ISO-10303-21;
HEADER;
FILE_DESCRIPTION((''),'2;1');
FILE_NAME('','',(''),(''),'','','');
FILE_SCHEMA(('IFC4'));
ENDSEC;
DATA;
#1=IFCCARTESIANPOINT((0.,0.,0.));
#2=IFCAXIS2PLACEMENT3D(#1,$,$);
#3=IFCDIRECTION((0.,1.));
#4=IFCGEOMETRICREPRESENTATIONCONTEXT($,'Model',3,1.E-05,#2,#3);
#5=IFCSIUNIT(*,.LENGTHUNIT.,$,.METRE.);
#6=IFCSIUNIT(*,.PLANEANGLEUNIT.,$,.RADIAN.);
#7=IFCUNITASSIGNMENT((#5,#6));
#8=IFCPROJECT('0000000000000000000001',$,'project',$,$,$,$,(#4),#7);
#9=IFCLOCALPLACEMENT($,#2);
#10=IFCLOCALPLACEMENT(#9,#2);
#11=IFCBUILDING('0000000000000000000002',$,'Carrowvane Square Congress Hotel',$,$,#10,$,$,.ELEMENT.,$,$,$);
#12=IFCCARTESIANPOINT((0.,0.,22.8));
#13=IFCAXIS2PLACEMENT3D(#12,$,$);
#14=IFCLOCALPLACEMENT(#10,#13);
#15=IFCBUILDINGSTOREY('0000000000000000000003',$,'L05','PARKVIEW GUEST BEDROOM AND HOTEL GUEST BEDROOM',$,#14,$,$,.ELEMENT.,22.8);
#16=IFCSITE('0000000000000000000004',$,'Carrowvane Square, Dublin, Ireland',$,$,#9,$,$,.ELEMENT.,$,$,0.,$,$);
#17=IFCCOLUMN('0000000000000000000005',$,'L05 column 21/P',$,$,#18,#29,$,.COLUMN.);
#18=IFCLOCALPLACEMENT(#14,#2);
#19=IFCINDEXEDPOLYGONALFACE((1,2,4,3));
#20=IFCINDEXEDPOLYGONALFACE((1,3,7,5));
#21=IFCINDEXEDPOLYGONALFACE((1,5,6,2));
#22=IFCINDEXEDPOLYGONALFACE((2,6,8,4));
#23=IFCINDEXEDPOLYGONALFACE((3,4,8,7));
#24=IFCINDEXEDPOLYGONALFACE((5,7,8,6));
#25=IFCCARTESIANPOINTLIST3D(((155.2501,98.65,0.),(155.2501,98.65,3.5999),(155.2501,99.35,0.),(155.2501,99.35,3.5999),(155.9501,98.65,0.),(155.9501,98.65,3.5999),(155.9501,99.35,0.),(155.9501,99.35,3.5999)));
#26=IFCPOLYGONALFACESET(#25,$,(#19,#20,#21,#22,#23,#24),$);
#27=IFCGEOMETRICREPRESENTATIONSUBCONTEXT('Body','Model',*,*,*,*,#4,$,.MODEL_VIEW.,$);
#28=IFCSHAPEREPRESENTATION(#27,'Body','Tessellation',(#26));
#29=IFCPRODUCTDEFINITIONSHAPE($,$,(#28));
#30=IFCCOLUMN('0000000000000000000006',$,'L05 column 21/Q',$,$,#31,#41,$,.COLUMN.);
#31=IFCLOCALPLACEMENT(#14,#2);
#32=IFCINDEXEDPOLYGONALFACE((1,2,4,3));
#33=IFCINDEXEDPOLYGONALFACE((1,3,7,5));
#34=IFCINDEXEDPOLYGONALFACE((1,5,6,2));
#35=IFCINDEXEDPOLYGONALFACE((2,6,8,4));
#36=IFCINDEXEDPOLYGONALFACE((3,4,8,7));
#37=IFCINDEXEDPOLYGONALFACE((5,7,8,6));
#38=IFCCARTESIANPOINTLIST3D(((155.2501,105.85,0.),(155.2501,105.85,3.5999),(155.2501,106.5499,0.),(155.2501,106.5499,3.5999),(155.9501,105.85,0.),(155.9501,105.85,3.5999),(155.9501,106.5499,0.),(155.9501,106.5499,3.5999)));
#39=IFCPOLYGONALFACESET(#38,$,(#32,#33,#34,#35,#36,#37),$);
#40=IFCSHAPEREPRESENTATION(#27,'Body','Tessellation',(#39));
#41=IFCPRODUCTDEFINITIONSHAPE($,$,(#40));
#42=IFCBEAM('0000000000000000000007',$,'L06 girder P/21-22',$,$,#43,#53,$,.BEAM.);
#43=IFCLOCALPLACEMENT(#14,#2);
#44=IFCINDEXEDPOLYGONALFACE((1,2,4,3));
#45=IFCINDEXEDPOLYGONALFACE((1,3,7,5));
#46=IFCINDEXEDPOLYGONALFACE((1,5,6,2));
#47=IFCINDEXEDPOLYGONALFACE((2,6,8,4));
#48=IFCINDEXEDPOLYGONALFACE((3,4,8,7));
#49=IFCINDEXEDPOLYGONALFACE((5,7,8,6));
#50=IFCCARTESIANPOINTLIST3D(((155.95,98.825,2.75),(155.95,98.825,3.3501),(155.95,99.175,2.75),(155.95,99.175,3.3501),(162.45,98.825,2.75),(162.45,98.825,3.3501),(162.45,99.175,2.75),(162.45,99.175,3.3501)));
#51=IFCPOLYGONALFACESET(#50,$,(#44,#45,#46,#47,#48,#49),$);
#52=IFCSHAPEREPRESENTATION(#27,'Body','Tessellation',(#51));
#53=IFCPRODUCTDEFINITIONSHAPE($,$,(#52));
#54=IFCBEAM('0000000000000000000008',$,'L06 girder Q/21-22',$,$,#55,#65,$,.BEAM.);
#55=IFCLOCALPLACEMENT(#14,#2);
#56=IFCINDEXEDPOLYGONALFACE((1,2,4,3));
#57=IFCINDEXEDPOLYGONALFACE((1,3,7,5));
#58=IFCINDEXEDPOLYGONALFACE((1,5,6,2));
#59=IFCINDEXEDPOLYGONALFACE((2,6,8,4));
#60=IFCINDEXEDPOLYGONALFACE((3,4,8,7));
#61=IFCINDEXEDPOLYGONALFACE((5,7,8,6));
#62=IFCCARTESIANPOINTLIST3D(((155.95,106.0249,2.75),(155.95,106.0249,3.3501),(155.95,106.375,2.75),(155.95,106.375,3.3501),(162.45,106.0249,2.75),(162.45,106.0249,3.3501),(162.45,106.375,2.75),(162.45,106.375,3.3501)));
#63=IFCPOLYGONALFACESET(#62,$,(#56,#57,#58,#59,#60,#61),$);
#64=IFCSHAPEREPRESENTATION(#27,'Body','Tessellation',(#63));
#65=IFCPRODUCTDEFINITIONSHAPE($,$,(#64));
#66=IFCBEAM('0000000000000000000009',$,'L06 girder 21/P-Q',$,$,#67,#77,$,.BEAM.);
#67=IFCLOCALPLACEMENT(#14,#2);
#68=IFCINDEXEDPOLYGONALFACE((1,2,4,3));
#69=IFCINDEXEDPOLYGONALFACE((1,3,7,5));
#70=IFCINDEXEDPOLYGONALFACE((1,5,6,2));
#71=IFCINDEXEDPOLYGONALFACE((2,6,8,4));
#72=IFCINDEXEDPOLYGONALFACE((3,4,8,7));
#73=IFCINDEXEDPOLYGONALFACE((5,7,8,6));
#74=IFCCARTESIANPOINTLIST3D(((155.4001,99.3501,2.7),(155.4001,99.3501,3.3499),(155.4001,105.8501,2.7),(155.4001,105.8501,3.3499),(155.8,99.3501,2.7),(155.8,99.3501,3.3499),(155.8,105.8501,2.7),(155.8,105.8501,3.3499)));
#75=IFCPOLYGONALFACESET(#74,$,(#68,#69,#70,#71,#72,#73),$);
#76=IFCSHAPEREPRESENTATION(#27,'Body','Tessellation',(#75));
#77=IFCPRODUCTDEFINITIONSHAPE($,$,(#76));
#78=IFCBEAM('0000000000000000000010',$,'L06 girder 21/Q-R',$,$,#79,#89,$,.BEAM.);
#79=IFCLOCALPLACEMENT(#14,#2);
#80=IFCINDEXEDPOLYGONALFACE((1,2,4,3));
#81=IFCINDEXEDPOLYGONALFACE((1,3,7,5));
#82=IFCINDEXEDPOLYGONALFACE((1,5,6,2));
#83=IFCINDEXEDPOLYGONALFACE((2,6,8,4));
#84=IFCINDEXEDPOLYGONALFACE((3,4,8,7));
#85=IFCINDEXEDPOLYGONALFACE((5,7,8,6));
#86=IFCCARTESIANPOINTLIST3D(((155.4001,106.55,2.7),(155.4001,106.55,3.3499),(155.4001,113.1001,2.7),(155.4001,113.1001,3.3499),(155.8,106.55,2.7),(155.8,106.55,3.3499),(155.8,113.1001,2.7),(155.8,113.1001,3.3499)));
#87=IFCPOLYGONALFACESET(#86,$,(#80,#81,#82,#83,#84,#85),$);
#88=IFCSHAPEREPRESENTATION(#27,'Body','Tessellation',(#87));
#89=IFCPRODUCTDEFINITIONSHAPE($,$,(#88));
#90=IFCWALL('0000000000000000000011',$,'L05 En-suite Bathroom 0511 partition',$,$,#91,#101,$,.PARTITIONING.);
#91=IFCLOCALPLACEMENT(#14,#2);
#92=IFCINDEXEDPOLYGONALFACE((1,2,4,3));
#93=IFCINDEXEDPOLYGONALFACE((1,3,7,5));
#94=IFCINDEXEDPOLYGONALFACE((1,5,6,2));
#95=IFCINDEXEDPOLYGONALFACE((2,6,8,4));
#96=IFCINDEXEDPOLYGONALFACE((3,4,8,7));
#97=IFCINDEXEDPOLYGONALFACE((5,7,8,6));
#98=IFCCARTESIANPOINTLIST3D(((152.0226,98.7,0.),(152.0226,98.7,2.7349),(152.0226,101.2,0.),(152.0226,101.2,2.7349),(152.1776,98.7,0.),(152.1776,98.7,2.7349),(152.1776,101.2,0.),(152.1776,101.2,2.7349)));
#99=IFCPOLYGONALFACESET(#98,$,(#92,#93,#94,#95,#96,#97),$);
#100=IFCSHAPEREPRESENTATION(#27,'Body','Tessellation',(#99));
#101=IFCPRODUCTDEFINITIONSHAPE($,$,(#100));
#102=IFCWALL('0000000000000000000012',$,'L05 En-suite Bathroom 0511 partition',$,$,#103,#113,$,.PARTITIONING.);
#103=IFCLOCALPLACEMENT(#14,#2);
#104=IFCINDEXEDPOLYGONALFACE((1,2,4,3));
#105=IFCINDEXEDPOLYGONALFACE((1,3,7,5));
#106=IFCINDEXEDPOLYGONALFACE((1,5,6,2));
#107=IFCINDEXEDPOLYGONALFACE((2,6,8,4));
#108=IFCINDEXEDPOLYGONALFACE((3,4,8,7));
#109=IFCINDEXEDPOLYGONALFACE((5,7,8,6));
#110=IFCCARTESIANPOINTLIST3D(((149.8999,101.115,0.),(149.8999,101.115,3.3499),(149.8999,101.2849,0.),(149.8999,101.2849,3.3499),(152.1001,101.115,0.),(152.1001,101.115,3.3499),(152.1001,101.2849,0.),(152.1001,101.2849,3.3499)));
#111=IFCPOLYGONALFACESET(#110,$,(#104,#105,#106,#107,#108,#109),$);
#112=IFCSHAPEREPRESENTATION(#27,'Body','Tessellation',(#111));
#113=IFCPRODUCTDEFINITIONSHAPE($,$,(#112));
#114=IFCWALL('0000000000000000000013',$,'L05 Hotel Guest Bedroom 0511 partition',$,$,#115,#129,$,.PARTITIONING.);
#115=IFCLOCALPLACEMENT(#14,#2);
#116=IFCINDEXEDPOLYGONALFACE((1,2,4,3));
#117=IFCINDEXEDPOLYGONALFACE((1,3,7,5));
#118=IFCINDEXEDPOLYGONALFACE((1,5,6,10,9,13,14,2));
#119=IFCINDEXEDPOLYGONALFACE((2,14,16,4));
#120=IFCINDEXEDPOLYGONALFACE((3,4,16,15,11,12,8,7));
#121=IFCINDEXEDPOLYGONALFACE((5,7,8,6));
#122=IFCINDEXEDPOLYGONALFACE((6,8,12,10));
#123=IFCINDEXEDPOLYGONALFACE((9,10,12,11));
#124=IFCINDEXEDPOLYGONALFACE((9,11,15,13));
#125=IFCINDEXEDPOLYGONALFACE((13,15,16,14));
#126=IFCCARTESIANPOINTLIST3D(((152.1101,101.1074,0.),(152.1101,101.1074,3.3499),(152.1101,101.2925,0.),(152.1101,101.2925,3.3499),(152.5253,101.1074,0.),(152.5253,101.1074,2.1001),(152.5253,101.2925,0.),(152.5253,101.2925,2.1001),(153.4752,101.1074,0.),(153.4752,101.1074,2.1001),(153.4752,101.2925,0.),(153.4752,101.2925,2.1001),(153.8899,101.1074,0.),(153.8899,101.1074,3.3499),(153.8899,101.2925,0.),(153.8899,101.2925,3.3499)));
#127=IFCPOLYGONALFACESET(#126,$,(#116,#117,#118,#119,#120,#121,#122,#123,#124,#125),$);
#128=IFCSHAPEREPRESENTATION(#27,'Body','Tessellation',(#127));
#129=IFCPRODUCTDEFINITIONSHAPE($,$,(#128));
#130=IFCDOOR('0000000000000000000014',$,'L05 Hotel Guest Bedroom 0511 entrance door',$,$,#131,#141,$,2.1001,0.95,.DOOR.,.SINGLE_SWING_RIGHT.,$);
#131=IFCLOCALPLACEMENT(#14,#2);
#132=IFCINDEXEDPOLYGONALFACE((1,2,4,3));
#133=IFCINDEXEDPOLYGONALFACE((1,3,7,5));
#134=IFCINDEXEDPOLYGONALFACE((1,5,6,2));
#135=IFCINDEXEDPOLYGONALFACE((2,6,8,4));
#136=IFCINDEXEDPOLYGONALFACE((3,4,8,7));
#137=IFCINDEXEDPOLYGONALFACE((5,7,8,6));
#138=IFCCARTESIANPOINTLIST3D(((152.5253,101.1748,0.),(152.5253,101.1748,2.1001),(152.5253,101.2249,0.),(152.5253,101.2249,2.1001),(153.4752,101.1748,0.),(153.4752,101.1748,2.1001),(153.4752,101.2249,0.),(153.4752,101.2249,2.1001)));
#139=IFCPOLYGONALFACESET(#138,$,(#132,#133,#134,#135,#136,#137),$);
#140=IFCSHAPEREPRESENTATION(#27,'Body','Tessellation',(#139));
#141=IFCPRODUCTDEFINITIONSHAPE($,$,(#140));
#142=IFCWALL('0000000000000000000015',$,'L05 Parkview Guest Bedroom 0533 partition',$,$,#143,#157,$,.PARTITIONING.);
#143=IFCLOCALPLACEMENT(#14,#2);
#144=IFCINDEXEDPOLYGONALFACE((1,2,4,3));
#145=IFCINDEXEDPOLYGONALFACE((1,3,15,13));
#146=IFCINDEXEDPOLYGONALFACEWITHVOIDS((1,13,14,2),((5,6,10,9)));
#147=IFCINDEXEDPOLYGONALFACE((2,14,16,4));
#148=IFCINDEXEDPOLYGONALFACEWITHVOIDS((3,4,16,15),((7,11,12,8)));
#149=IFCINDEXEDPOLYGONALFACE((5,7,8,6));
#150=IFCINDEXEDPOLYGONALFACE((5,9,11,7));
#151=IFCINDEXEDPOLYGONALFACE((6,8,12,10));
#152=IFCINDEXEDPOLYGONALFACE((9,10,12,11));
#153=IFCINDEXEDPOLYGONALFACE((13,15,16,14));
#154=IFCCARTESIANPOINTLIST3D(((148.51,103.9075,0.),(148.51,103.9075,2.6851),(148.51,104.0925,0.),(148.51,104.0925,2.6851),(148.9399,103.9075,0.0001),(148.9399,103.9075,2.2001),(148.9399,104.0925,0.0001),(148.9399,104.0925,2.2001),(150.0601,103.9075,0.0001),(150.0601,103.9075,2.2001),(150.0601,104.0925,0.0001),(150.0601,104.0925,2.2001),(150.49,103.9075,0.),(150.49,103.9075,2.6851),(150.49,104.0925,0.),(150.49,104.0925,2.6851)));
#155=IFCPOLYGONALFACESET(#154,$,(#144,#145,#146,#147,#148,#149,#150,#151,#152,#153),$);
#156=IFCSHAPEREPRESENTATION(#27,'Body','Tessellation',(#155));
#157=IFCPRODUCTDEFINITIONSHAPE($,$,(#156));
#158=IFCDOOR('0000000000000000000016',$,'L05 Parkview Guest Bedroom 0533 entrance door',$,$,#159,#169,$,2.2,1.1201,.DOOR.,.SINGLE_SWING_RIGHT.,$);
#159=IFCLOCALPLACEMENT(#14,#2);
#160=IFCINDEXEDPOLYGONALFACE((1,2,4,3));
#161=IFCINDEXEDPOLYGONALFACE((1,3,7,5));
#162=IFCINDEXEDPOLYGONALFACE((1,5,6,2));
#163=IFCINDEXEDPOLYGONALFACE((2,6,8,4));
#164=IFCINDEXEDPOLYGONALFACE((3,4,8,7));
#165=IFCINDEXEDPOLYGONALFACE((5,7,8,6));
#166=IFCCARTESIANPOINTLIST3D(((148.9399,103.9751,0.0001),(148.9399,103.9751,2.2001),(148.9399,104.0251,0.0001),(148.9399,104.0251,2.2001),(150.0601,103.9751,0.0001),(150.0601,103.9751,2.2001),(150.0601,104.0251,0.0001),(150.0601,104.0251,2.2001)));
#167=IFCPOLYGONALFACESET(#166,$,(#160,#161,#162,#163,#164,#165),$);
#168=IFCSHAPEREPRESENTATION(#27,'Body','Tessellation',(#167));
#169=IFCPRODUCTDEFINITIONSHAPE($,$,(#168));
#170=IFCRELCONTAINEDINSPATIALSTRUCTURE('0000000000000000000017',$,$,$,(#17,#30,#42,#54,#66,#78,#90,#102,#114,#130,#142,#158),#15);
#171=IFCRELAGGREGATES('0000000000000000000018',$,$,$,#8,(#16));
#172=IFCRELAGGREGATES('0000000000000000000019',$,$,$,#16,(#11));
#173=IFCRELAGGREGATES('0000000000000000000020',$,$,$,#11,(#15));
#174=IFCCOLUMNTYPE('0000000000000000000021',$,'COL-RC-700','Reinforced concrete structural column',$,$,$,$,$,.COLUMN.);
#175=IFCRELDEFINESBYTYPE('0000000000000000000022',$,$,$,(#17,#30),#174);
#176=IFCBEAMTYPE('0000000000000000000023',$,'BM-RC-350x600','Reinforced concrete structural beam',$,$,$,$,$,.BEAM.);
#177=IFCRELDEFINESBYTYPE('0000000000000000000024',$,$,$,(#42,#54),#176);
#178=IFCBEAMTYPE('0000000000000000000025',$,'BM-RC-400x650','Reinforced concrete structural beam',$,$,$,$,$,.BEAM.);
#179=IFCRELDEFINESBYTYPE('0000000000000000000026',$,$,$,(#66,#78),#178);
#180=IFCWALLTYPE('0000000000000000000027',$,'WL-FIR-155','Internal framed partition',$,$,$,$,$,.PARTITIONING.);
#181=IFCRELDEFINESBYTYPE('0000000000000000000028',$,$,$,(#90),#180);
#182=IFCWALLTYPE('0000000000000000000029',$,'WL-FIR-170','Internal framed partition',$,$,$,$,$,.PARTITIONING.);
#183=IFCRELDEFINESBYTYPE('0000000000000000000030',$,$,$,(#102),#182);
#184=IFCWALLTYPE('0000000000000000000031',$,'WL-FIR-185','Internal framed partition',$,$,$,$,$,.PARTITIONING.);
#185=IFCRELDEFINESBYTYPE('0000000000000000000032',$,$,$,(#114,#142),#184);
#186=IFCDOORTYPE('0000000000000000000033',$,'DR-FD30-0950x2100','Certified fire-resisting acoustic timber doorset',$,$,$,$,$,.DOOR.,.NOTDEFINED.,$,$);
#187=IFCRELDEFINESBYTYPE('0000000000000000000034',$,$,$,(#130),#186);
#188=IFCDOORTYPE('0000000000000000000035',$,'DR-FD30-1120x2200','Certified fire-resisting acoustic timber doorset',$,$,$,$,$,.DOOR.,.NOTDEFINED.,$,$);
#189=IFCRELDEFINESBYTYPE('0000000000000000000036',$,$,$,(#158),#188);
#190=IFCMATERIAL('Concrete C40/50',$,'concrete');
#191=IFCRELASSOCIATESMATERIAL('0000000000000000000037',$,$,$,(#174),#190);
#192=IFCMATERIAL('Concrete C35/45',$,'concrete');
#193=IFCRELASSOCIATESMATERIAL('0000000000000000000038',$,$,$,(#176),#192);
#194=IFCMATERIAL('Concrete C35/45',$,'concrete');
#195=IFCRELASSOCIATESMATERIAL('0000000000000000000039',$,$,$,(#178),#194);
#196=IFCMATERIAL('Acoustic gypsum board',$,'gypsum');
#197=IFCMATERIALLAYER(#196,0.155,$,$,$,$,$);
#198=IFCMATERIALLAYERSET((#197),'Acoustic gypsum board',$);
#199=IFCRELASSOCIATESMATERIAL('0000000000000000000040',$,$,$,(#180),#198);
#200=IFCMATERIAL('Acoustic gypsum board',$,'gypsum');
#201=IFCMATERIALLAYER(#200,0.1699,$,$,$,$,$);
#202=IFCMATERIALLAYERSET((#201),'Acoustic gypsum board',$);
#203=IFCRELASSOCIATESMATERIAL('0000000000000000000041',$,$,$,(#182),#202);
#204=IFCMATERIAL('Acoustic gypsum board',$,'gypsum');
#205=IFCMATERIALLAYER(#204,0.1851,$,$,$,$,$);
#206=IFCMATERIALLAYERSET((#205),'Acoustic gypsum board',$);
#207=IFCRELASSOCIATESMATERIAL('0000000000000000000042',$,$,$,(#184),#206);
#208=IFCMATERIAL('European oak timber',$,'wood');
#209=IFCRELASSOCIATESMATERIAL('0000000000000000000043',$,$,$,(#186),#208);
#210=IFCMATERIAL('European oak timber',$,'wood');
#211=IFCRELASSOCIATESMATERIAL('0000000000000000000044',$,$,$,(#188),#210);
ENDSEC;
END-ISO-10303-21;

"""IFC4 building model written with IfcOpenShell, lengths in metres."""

from ifc_helpers import new_model, si_unit, direction, frame, frame_2d, origin, origin_2d, place, context, subcontext, project, spatial, rectangle, extrude, material, layer, layer_set, material_profile, profile_set, type_object, element, fill, save


model = new_model("IFC4")

# Units and contexts
model_context = context("Model", 3, precision=1e-05, world=origin(), true_north=direction((0.0, 1.0)))
body_context = subcontext(model_context, "Body", "Model", "MODEL_VIEW")
ifc_project = project(units=[si_unit("LENGTHUNIT", "METRE"), si_unit("PLANEANGLEUNIT", "RADIAN")], contexts=[model_context])

# Site, building, storey
site_placement = place(None, origin())
site = spatial("IfcSite", under=ifc_project, at=site_placement, Name="Carrowvane Square, Dublin, Ireland", CompositionType="ELEMENT", RefElevation=0.0)
building_placement = place(site_placement, origin())
building = spatial("IfcBuilding", under=site, at=building_placement, Name="Carrowvane Square Congress Hotel", CompositionType="ELEMENT")
storey_placement = place(building_placement, frame((0.0, 0.0, 22.8)))
storey = spatial("IfcBuildingStorey", under=building, at=storey_placement, Name="L05", Description="PARKVIEW GUEST BEDROOM AND HOTEL GUEST BEDROOM", CompositionType="ELEMENT", Elevation=22.8)

# Columns
ifc_material_1 = material(Name="Concrete C40/50", Category="concrete")
ifc_material_profile_1 = material_profile(ifc_material_1, rectangle(XDim=0.7, YDim=0.7, at=origin_2d()), Name="RC 700x700")
ifc_profile_set_1 = profile_set([ifc_material_profile_1], Name="Concrete C40/50")
column_type = type_object("IfcColumnType", Name="COL-RC-700", Description="Reinforced concrete structural column", PredefinedType="COLUMN", material=ifc_profile_set_1)
for number, where, z_axis, x_axis, name in (
    (1, (155.6001, 99.0, 0.0), (0.0, 0.0, 1.0), (1.0, 0.0, 0.0), "L05 column 21/P"),
    (2, (155.6001, 106.2, 0.0), (0.0, 0.0, 1.0), (1.0, 0.0, 0.0), "L05 column 21/Q"),
):
    element("IfcColumn", number, at=place(storey_placement, frame(where, z_axis=z_axis, x_axis=x_axis)), inside=storey, type_object=column_type, Name=name, PredefinedType="COLUMN", context=body_context, shape_type="SweptSolid", body=[
        extrude(rectangle(XDim=0.7, YDim=0.7, at=origin_2d()), origin(), (0.0, 0.0, 1.0), 3.5999),
    ])

# Beams
ifc_material_2 = material(Name="Concrete C35/45", Category="concrete")
ifc_material_profile_2 = material_profile(ifc_material_2, rectangle(XDim=0.3501, YDim=0.6001, at=origin_2d()), Name="RC 350x600")
ifc_profile_set_2 = profile_set([ifc_material_profile_2], Name="Concrete C35/45")
beam_type_1 = type_object("IfcBeamType", Name="BM-RC-350x600", Description="Reinforced concrete structural beam", PredefinedType="BEAM", material=ifc_profile_set_2)
for number, where, z_axis, x_axis, name in (
    (3, (155.95, 99.0, 3.05), (1.0, 0.0, 0.0), (0.0, 1.0, 0.0), "L06 girder P/21-22"),
    (4, (155.95, 106.2, 3.05), (1.0, 0.0, 0.0), (0.0, 1.0, 0.0), "L06 girder Q/21-22"),
):
    element("IfcBeam", number, at=place(storey_placement, frame(where, z_axis=z_axis, x_axis=x_axis)), inside=storey, type_object=beam_type_1, Name=name, PredefinedType="BEAM", context=body_context, shape_type="SweptSolid", body=[
        extrude(rectangle(XDim=0.3501, YDim=0.6001, at=origin_2d()), origin(), (0.0, 0.0, 1.0), 6.5),
    ])
ifc_material_3 = material(Name="Concrete C35/45", Category="concrete")
ifc_material_profile_3 = material_profile(ifc_material_3, rectangle(XDim=0.3999, YDim=0.6499, at=origin_2d()), Name="RC 400x650")
ifc_profile_set_3 = profile_set([ifc_material_profile_3], Name="Concrete C35/45")
beam_type_2 = type_object("IfcBeamType", Name="BM-RC-400x650", Description="Reinforced concrete structural beam", PredefinedType="BEAM", material=ifc_profile_set_3)
beam_1_placement = place(storey_placement, frame((155.6001, 99.3501, 3.0249), z_axis=(0.0, 1.0, 0.0), x_axis=(-1.0, 0.0, 0.0)))
element("IfcBeam", 5, at=beam_1_placement, inside=storey, type_object=beam_type_2, Name="L06 girder 21/P-Q", PredefinedType="BEAM", context=body_context, shape_type="SweptSolid", body=[
    extrude(rectangle(XDim=0.3999, YDim=0.6499, at=origin_2d()), origin(), (0.0, 0.0, 1.0), 6.5),
])
beam_2_placement = place(storey_placement, frame((155.6001, 106.55, 3.0249), z_axis=(0.0, 1.0, 0.0), x_axis=(-1.0, 0.0, 0.0)))
element("IfcBeam", 6, at=beam_2_placement, inside=storey, type_object=beam_type_2, Name="L06 girder 21/Q-R", PredefinedType="BEAM", context=body_context, shape_type="SweptSolid", body=[
    extrude(rectangle(XDim=0.3999, YDim=0.6499, at=origin_2d()), origin(), (0.0, 0.0, 1.0), 6.55),
])

# Wall
ifc_material_4 = material(Name="Acoustic gypsum board", Category="gypsum")
ifc_layer_1 = layer(ifc_material_4, 0.155)
ifc_layer_set_1 = layer_set([ifc_layer_1], Name="Acoustic gypsum board")
wall_type_1 = type_object("IfcWallType", Name="WL-FIR-155", Description="Internal framed partition", PredefinedType="PARTITIONING", material=ifc_layer_set_1)
wall_1_placement = place(storey_placement, frame((152.1001, 101.2, 0.0), z_axis=(0.0, 0.0, 1.0), x_axis=(0.0, -1.0, 0.0)))
element("IfcWall", 7, at=wall_1_placement, inside=storey, type_object=wall_type_1, Name="L05 En-suite Bathroom 0511 partition", PredefinedType="PARTITIONING", context=body_context, shape_type="SweptSolid", body=[
    extrude(rectangle(XDim=2.5, YDim=0.155, at=frame_2d((1.25, 0.0))), origin(), (0.0, 0.0, 1.0), 2.7349),
])

# Wall
ifc_material_5 = material(Name="Acoustic gypsum board", Category="gypsum")
ifc_layer_2 = layer(ifc_material_5, 0.1699)
ifc_layer_set_2 = layer_set([ifc_layer_2], Name="Acoustic gypsum board")
wall_type_2 = type_object("IfcWallType", Name="WL-FIR-170", Description="Internal framed partition", PredefinedType="PARTITIONING", material=ifc_layer_set_2)
wall_2_placement = place(storey_placement, frame((149.8999, 101.2, 0.0), z_axis=(0.0, 0.0, 1.0), x_axis=(1.0, 0.0, 0.0)))
element("IfcWall", 8, at=wall_2_placement, inside=storey, type_object=wall_type_2, Name="L05 En-suite Bathroom 0511 partition", PredefinedType="PARTITIONING", context=body_context, shape_type="SweptSolid", body=[
    extrude(rectangle(XDim=2.2002, YDim=0.1699, at=frame_2d((1.1001, 0.0))), origin(), (0.0, 0.0, 1.0), 3.3499),
])

# Walls, openings, doors
ifc_material_6 = material(Name="Acoustic gypsum board", Category="gypsum")
ifc_layer_3 = layer(ifc_material_6, 0.1851)
ifc_layer_set_3 = layer_set([ifc_layer_3], Name="Acoustic gypsum board")
wall_type_3 = type_object("IfcWallType", Name="WL-FIR-185", Description="Internal framed partition", PredefinedType="PARTITIONING", material=ifc_layer_set_3)
wall_3_placement = place(storey_placement, frame((152.1101, 101.2, 0.0), z_axis=(0.0, 0.0, 1.0), x_axis=(1.0, 0.0, 0.0)))
wall_3 = element("IfcWall", 9, at=wall_3_placement, inside=storey, type_object=wall_type_3, Name="L05 Hotel Guest Bedroom 0511 partition", PredefinedType="PARTITIONING", context=body_context, shape_type="SweptSolid", body=[
    extrude(rectangle(XDim=1.7798, YDim=0.1851, at=frame_2d((0.8899, 0.0))), origin(), (0.0, 0.0, 1.0), 3.3499),
])
opening_1_placement = place(wall_3_placement, frame((0.415, 0.0, 0.0)))
opening_1 = element("IfcOpeningElement", 10, at=opening_1_placement, cuts=wall_3, PredefinedType="OPENING", context=body_context, shape_type="SweptSolid", body=[
    extrude(rectangle(XDim=0.95, YDim=2.1001, at=frame_2d((0.4751, 1.05))), frame((0.0, 0.1025, 0.0), z_axis=(0.0, -1.0, 0.0), x_axis=(1.0, 0.0, 0.0)), (0.0, 0.0, 1.0), 0.2051),
])
ifc_material_7 = material(Name="European oak timber", Category="wood")
door_type_1 = type_object("IfcDoorType", Name="DR-FD30-0950x2100", Description="Certified fire-resisting acoustic timber doorset", OperationType="NOTDEFINED", PredefinedType="DOOR", material=ifc_material_7)
door_1_placement = place(opening_1_placement, origin())
door_1 = element("IfcDoor", 11, at=door_1_placement, inside=storey, type_object=door_type_1, Name="L05 Hotel Guest Bedroom 0511 entrance door", OperationType="SINGLE_SWING_RIGHT", OverallHeight=2.1001, OverallWidth=0.95, PredefinedType="DOOR", context=body_context, shape_type="SweptSolid", body=[
    extrude(rectangle(XDim=0.95, YDim=2.1001, at=frame_2d((0.4751, 1.05))), frame((0.0, 0.0249, 0.0), z_axis=(0.0, -1.0, 0.0), x_axis=(1.0, 0.0, 0.0)), (0.0, 0.0, 1.0), 0.05),
])
fill(opening_1, door_1)
wall_4_placement = place(storey_placement, frame((150.49, 104.0, 0.0), z_axis=(0.0, 0.0, 1.0), x_axis=(-1.0, 0.0, 0.0)))
wall_4 = element("IfcWall", 12, at=wall_4_placement, inside=storey, type_object=wall_type_3, Name="L05 Parkview Guest Bedroom 0533 partition", PredefinedType="PARTITIONING", context=body_context, shape_type="SweptSolid", body=[
    extrude(rectangle(XDim=1.98, YDim=0.1851, at=frame_2d((0.99, 0.0))), origin(), (0.0, 0.0, 1.0), 2.6851),
])
opening_2_placement = place(wall_4_placement, frame((0.4299, 0.0, 0.0)))
opening_2 = element("IfcOpeningElement", 13, at=opening_2_placement, cuts=wall_4, PredefinedType="OPENING", context=body_context, shape_type="SweptSolid", body=[
    extrude(rectangle(XDim=1.1201, YDim=2.2, at=frame_2d((0.5601, 1.1001))), frame((0.0, 0.1025, 0.0), z_axis=(0.0, -1.0, 0.0), x_axis=(1.0, 0.0, 0.0)), (0.0, 0.0, 1.0), 0.2051),
])
ifc_material_8 = material(Name="European oak timber", Category="wood")
door_type_2 = type_object("IfcDoorType", Name="DR-FD30-1120x2200", Description="Certified fire-resisting acoustic timber doorset", OperationType="NOTDEFINED", PredefinedType="DOOR", material=ifc_material_8)
door_2_placement = place(opening_2_placement, origin())
door_2 = element("IfcDoor", 14, at=door_2_placement, inside=storey, type_object=door_type_2, Name="L05 Parkview Guest Bedroom 0533 entrance door", OperationType="SINGLE_SWING_RIGHT", OverallHeight=2.2, OverallWidth=1.1201, PredefinedType="DOOR", context=body_context, shape_type="SweptSolid", body=[
    extrude(rectangle(XDim=1.1201, YDim=2.2, at=frame_2d((0.5601, 1.1001))), frame((0.0, 0.0249, 0.0), z_axis=(0.0, -1.0, 0.0), x_axis=(1.0, 0.0, 0.0)), (0.0, 0.0, 1.0), 0.05),
])
fill(opening_2, door_2)

save(model, "model.ifc")
